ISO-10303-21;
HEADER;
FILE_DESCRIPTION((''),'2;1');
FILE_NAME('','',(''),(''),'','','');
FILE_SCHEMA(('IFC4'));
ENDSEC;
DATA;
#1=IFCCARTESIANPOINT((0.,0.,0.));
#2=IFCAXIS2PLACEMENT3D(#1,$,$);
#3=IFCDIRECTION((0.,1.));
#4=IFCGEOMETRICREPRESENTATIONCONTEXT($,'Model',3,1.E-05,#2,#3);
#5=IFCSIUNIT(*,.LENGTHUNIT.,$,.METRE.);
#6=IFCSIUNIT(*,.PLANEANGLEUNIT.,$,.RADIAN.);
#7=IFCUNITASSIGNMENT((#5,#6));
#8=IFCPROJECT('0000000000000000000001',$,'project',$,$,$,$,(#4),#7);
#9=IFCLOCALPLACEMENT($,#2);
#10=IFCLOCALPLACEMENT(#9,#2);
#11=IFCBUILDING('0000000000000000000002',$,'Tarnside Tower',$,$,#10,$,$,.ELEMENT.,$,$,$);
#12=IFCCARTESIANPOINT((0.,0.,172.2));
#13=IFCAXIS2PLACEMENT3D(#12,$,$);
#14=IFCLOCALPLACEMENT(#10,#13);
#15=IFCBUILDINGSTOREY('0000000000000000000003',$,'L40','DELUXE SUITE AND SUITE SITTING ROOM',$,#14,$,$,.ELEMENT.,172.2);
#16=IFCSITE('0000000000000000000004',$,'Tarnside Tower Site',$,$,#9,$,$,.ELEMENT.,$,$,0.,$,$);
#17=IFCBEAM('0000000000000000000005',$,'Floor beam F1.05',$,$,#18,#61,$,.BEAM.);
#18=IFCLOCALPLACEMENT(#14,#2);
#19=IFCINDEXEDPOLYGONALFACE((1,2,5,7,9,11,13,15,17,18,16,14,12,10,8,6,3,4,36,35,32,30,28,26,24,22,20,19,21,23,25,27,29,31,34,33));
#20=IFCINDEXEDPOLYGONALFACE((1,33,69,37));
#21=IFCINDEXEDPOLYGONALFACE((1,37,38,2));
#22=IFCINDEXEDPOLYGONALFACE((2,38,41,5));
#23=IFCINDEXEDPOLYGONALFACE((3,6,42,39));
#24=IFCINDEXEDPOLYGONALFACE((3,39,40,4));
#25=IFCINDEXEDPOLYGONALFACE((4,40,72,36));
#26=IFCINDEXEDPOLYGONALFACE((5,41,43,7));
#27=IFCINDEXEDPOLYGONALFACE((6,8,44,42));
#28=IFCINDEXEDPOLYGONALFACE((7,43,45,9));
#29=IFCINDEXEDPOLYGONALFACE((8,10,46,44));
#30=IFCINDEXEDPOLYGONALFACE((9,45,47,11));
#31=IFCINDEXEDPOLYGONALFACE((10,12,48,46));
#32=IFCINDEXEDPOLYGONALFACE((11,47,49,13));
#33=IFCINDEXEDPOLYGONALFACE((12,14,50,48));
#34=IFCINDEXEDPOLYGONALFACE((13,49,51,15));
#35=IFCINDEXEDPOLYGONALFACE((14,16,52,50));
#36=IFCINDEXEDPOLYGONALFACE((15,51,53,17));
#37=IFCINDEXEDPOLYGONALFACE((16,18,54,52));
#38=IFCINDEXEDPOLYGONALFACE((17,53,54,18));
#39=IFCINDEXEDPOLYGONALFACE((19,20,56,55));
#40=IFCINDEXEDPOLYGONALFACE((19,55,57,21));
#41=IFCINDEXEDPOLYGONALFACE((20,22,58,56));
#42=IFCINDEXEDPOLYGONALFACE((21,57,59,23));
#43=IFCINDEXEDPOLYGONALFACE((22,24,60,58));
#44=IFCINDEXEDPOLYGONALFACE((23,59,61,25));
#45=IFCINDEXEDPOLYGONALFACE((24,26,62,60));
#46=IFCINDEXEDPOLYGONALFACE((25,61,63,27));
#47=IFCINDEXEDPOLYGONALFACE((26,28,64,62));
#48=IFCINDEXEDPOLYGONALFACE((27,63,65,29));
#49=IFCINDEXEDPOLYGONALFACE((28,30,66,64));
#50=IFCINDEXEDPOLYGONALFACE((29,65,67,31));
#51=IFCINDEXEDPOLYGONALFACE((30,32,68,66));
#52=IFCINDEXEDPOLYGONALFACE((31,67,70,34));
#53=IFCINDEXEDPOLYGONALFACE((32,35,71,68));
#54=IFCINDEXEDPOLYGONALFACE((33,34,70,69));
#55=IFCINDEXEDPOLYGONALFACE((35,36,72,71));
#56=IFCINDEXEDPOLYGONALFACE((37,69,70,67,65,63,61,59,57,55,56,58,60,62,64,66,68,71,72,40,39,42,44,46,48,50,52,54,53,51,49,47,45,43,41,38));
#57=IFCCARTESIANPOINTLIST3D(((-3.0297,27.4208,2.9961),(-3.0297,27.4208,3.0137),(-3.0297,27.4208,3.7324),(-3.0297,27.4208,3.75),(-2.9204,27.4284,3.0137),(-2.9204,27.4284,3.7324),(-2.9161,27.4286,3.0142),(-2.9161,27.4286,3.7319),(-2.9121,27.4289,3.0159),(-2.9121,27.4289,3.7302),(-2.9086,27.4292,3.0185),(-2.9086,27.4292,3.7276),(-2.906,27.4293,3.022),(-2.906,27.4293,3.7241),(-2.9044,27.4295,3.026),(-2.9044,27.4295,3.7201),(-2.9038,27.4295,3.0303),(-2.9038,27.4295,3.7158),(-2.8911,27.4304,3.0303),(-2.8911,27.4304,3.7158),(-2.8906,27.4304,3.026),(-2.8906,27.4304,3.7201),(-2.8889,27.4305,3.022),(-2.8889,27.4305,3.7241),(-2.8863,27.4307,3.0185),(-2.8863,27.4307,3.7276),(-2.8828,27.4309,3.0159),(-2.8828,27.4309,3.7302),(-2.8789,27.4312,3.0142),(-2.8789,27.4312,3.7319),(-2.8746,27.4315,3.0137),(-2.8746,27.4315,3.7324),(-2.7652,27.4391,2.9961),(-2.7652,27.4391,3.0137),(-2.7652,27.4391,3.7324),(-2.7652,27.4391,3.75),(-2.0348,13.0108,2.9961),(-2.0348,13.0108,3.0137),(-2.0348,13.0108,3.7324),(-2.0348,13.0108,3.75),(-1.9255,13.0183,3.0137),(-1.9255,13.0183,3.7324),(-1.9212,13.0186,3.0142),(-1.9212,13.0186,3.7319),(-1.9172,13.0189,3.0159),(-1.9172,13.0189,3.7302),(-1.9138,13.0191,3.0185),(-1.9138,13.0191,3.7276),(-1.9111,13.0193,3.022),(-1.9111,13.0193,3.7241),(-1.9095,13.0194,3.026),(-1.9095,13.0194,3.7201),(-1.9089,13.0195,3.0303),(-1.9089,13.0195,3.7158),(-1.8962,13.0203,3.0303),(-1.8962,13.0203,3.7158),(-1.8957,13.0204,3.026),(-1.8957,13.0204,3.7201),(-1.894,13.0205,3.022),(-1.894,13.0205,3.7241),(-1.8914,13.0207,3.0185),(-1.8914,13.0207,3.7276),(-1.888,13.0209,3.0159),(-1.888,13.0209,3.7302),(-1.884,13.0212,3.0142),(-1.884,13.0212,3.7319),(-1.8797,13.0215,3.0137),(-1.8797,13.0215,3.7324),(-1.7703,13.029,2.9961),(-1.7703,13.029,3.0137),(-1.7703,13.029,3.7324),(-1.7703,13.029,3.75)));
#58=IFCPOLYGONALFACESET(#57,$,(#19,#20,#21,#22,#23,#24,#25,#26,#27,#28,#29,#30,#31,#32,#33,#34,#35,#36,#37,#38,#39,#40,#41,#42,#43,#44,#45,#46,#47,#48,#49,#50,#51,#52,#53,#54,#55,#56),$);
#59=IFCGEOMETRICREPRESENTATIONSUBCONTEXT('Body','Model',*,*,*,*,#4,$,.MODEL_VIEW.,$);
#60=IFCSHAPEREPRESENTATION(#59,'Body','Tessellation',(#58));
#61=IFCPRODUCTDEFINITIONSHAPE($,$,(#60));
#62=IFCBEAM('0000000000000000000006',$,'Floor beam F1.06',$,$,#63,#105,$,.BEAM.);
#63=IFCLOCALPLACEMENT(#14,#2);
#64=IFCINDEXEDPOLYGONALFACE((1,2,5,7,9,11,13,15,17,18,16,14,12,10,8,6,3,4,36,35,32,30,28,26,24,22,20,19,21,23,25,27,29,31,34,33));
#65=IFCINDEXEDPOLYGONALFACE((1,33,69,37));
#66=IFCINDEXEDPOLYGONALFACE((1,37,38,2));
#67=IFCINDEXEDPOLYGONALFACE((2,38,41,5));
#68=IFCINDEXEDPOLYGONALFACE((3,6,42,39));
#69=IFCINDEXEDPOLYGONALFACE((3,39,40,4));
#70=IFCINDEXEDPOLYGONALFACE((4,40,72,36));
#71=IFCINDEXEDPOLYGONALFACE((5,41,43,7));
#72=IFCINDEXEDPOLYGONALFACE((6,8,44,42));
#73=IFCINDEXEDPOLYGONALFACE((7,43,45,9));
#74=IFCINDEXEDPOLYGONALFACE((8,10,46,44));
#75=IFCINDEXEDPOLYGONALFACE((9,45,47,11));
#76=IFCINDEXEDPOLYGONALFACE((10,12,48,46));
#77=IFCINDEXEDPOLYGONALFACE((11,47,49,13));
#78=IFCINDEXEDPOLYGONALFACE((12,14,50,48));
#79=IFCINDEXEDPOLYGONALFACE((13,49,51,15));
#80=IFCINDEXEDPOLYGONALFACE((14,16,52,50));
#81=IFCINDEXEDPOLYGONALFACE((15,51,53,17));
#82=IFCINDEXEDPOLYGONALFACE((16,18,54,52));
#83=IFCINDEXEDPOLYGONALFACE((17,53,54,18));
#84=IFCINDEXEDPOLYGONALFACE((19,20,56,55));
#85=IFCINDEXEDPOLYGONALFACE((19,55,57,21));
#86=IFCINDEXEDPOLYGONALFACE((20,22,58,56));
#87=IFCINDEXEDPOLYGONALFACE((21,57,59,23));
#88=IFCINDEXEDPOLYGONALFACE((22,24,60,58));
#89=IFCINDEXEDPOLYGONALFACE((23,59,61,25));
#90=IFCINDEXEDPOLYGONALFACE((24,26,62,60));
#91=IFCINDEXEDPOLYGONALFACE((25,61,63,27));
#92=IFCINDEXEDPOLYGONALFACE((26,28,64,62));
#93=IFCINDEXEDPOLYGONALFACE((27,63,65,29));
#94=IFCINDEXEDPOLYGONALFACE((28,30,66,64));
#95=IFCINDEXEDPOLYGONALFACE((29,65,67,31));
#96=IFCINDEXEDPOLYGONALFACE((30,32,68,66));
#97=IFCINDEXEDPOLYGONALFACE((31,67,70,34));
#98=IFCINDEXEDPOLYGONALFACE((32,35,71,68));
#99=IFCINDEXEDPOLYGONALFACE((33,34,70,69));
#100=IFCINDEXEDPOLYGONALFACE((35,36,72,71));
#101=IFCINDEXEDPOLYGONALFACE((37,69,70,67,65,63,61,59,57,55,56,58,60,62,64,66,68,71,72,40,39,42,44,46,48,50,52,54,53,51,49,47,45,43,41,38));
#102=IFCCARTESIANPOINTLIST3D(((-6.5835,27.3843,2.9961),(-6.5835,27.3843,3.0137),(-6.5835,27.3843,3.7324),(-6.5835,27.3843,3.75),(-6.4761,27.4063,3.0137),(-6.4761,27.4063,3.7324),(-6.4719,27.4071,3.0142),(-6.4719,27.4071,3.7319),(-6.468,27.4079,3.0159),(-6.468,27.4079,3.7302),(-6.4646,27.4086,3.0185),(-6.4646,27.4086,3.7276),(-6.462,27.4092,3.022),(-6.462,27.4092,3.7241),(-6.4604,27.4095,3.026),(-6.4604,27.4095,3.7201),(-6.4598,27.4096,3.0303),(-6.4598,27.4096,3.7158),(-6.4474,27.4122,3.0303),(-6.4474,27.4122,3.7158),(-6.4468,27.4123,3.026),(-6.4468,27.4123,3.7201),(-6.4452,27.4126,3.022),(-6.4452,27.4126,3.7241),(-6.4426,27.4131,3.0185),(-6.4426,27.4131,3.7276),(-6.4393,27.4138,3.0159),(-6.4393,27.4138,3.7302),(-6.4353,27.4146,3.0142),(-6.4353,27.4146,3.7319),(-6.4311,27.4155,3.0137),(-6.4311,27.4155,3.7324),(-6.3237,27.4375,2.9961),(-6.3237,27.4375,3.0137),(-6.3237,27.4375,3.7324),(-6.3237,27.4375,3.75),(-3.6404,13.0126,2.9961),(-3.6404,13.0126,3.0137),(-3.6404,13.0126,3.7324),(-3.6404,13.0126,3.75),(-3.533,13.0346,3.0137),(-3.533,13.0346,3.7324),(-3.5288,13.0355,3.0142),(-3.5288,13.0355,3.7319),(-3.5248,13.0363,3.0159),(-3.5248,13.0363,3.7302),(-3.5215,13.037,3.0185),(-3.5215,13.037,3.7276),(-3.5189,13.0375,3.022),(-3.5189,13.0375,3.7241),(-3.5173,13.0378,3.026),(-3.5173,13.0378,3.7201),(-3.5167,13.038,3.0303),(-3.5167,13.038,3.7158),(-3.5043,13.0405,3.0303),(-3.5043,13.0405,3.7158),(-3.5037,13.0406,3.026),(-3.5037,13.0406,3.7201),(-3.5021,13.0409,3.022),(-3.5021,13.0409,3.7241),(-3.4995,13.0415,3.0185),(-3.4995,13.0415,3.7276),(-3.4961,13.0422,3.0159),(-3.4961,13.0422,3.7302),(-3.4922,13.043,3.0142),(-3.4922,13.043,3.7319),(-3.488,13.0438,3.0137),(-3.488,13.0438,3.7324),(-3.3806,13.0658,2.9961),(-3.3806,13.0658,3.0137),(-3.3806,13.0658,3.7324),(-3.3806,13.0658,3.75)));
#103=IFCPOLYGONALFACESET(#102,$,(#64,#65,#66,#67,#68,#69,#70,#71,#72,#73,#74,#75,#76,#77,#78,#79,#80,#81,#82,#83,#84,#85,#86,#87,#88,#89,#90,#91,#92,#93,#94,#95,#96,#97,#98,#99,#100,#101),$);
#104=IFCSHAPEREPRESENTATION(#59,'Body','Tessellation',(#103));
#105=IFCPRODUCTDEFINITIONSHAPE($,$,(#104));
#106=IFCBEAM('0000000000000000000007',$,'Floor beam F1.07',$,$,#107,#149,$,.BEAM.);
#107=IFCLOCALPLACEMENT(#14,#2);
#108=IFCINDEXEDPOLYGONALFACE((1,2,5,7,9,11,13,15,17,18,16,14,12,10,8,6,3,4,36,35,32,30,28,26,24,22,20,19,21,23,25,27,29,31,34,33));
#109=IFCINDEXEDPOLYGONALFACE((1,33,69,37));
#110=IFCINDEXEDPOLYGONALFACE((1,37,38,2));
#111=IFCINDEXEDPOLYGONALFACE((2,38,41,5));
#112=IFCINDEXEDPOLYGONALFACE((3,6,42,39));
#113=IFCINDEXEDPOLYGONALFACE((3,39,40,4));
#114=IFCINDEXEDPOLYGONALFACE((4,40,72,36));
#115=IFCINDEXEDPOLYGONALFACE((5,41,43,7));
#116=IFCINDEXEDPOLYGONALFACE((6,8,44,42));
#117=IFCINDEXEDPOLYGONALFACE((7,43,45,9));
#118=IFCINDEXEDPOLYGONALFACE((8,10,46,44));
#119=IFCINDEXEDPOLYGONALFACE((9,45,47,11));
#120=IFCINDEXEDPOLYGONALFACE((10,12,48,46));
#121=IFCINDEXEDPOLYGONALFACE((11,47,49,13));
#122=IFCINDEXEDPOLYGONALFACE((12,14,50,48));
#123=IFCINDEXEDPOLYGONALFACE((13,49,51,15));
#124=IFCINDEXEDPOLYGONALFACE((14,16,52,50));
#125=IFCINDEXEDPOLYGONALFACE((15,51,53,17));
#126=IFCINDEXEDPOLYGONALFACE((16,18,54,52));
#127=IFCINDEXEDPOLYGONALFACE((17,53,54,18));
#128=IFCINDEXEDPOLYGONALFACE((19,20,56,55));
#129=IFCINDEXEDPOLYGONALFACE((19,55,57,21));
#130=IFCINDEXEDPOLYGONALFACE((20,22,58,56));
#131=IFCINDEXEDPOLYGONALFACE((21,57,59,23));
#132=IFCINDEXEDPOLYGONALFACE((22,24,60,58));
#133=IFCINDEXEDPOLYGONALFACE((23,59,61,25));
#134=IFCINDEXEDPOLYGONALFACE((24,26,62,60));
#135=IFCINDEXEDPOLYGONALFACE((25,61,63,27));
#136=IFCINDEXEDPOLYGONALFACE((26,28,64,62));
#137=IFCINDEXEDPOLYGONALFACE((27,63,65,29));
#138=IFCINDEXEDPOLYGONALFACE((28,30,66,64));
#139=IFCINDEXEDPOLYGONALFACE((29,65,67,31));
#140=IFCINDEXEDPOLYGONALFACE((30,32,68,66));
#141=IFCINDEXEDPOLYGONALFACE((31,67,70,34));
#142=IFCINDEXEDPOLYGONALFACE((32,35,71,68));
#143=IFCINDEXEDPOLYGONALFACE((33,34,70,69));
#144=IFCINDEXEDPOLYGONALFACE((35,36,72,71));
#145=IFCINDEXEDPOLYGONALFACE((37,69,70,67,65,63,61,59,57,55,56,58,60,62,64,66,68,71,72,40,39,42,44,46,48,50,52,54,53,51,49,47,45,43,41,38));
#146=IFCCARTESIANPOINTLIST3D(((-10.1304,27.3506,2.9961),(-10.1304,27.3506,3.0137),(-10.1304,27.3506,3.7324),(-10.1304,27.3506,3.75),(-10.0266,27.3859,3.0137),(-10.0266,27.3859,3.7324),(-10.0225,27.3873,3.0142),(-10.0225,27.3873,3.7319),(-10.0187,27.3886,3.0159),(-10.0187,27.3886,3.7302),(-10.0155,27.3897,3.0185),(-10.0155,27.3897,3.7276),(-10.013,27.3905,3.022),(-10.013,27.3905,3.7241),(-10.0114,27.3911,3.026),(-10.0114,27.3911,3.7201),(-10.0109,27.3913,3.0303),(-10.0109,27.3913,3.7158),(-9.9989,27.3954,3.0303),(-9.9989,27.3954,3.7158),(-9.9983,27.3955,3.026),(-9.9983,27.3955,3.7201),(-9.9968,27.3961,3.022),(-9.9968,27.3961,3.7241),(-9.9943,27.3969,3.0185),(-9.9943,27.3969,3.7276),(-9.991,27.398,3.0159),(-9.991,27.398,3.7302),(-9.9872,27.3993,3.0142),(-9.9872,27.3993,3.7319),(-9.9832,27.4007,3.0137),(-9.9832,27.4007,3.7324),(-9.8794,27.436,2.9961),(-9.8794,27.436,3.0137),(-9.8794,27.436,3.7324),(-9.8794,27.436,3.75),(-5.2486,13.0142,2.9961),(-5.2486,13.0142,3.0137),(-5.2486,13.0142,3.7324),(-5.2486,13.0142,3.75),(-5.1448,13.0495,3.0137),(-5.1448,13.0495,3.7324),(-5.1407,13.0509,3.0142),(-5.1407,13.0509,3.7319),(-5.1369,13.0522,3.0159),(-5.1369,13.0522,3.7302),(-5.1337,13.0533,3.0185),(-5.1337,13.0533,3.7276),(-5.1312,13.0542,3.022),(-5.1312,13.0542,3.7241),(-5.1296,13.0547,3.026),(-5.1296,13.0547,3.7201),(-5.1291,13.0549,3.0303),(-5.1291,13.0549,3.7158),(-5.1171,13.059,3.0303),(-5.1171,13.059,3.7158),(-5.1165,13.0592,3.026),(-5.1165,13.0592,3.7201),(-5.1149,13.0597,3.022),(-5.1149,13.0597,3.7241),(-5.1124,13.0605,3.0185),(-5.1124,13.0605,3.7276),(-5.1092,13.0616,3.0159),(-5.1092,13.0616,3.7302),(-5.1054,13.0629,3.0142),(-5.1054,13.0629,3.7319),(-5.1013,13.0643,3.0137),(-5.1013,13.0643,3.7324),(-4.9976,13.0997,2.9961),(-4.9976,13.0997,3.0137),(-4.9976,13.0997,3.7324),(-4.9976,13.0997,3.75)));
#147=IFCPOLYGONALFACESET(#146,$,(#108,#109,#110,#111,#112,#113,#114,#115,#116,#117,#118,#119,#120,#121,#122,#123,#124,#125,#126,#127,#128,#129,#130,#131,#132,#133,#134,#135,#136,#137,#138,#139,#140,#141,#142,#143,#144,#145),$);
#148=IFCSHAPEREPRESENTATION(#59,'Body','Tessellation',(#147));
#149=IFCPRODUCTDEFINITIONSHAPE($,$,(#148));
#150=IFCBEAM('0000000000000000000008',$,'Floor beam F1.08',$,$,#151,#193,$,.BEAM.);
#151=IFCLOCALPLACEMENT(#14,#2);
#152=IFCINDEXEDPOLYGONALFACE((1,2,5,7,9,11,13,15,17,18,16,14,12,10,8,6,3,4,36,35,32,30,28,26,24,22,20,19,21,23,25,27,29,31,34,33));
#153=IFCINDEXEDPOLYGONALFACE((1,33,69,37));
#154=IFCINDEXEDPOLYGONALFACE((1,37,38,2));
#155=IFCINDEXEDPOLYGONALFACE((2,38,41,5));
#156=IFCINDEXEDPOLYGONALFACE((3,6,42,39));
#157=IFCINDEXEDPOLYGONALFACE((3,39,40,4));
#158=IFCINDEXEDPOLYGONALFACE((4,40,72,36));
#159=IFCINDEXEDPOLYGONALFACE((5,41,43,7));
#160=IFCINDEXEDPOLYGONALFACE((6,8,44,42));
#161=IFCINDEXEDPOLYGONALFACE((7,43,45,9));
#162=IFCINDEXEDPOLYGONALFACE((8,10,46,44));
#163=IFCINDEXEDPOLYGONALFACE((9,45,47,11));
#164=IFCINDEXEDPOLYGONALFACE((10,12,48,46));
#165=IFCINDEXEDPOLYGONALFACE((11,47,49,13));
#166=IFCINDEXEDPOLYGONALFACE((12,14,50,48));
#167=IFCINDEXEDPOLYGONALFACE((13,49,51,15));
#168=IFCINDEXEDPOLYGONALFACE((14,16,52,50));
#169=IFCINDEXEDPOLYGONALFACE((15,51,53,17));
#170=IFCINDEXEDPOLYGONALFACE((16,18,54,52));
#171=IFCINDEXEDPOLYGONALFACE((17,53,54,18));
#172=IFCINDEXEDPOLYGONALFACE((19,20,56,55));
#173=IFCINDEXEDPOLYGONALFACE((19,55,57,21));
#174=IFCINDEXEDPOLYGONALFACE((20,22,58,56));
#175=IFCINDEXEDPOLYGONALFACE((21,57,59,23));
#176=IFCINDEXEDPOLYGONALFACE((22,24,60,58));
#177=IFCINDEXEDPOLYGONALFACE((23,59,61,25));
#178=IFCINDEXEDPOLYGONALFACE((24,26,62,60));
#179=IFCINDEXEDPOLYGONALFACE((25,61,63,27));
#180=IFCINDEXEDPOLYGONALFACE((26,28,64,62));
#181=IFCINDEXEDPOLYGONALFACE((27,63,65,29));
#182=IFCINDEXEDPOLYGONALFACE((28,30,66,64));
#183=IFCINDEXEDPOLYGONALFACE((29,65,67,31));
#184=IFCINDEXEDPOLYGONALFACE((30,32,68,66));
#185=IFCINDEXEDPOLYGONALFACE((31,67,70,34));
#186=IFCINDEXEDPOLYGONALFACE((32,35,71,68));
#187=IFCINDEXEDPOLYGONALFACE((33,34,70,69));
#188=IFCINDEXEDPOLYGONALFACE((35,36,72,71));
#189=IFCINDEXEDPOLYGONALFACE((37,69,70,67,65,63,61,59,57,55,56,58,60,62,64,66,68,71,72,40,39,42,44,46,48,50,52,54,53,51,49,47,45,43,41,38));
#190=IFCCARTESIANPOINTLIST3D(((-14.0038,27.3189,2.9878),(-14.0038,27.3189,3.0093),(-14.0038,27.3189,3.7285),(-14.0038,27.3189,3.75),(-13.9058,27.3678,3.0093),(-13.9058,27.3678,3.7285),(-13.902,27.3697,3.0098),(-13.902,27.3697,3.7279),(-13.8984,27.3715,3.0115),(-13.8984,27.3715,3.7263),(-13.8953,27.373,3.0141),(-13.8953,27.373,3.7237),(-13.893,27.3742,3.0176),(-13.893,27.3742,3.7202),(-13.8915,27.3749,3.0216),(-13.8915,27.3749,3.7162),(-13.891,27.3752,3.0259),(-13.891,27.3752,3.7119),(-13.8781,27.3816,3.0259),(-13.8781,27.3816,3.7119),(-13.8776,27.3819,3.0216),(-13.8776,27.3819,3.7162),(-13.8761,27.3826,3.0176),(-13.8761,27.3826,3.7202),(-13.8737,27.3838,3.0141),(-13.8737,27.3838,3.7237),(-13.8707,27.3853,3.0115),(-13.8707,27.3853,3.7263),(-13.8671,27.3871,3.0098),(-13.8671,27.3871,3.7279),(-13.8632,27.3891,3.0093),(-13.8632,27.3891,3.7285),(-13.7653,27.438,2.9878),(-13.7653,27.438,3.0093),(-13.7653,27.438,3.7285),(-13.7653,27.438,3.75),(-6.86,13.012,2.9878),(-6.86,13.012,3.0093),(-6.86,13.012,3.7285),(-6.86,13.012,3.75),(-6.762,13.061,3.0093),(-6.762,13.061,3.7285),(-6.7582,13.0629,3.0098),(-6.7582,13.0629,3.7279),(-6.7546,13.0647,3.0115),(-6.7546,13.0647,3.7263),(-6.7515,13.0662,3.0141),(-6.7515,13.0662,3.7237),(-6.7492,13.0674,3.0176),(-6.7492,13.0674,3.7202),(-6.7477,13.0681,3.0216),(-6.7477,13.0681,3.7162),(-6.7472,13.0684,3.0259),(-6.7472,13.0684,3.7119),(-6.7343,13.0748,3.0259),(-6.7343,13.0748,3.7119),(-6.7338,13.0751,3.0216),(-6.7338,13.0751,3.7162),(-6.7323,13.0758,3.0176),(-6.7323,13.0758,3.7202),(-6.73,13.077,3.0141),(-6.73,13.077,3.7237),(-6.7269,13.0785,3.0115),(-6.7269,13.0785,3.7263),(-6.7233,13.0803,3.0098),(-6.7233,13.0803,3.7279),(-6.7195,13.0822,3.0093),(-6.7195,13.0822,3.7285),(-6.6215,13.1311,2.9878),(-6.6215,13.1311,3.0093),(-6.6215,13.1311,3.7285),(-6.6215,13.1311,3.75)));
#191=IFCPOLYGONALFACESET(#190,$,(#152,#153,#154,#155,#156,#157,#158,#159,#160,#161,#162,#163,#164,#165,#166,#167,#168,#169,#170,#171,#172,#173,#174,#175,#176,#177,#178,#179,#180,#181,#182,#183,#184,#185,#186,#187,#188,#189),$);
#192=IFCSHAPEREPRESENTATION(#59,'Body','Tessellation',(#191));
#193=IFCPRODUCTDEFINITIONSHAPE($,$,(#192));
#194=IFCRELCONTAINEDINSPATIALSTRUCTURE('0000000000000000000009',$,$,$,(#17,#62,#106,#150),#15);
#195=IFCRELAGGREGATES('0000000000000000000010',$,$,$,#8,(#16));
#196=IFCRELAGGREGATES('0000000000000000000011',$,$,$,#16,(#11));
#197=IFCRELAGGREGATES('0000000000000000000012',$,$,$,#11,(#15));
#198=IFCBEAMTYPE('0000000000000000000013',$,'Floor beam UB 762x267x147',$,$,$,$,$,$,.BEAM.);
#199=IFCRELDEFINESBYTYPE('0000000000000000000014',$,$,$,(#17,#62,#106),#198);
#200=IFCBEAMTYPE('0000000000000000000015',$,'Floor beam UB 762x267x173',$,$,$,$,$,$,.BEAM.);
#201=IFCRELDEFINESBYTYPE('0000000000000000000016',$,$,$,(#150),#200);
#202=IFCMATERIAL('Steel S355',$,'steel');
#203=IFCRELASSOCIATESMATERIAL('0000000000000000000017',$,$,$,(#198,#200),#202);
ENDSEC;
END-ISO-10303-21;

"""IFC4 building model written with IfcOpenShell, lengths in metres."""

from ifc_helpers import new_model, si_unit, direction, frame, origin, origin_2d, place, context, subcontext, project, spatial, i_section, extrude, material, material_profile, profile_set, type_object, element, save


model = new_model("IFC4")

# Units and contexts
model_context = context("Model", 3, precision=1e-05, world=origin(), true_north=direction((0.0, 1.0)))
body_context = subcontext(model_context, "Body", "Model", "MODEL_VIEW")
ifc_project = project(units=[si_unit("LENGTHUNIT", "METRE"), si_unit("PLANEANGLEUNIT", "RADIAN")], contexts=[model_context])

# Site, building, storey
site_placement = place(None, origin())
site = spatial("IfcSite", under=ifc_project, at=site_placement, Name="Tarnside Tower Site", CompositionType="ELEMENT", RefElevation=0.0)
building_placement = place(site_placement, origin())
building = spatial("IfcBuilding", under=site, at=building_placement, Name="Tarnside Tower", CompositionType="ELEMENT")
storey_placement = place(building_placement, frame((0.0, 0.0, 172.2)))
storey = spatial("IfcBuildingStorey", under=building, at=storey_placement, Name="L40", Description="DELUXE SUITE AND SUITE SITTING ROOM", CompositionType="ELEMENT", Elevation=172.2)

# Beams
ifc_material_1 = material(Name="Steel S355", Category="steel")
ifc_material_profile_1 = material_profile(ifc_material_1, i_section(OverallWidth=0.2651, OverallDepth=0.7539, WebThickness=0.0127, FlangeThickness=0.0176, FilletRadius=0.0166, at=origin_2d()), Name="UB 762x267x147")
ifc_profile_set_1 = profile_set([ifc_material_profile_1], Name="Steel S355")
beam_type_1 = type_object("IfcBeamType", Name="Floor beam UB 762x267x147", PredefinedType="BEAM", material=ifc_profile_set_1)
beam_1_placement = place(storey_placement, frame((-2.8975, 27.4299, 3.373), z_axis=(0.068877, -0.997625, 0.0), x_axis=(0.997625, 0.068877, 0.0)))
element("IfcBeam", 1, at=beam_1_placement, inside=storey, type_object=beam_type_1, Name="Floor beam F1.05", PredefinedType="BEAM", context=body_context, shape_type="SweptSolid", body=[
    extrude(i_section(OverallWidth=0.2651, OverallDepth=0.7539, WebThickness=0.0127, FlangeThickness=0.0176, FilletRadius=0.0166, at=origin_2d()), origin(), (0.0, 0.0, 1.0), 14.4443),
])
beam_2_placement = place(storey_placement, frame((-6.4536, 27.4109, 3.373), z_axis=(0.200623, -0.979668, 0.0), x_axis=(0.979668, 0.200623, 0.0)))
element("IfcBeam", 2, at=beam_2_placement, inside=storey, type_object=beam_type_1, Name="Floor beam F1.06", PredefinedType="BEAM", context=body_context, shape_type="SweptSolid", body=[
    extrude(i_section(OverallWidth=0.2651, OverallDepth=0.7539, WebThickness=0.0127, FlangeThickness=0.0176, FilletRadius=0.0166, at=origin_2d()), origin(), (0.0, 0.0, 1.0), 14.6699),
])
beam_3_placement = place(storey_placement, frame((-10.0049, 27.3933, 3.373), z_axis=(0.322344, -0.946623, 0.0), x_axis=(0.946623, 0.322344, 0.0)))
element("IfcBeam", 3, at=beam_3_placement, inside=storey, type_object=beam_type_1, Name="Floor beam F1.07", PredefinedType="BEAM", context=body_context, shape_type="SweptSolid", body=[
    extrude(i_section(OverallWidth=0.2651, OverallDepth=0.7539, WebThickness=0.0127, FlangeThickness=0.0176, FilletRadius=0.0166, at=origin_2d()), origin(), (0.0, 0.0, 1.0), 15.1448),
])
ifc_material_profile_2 = material_profile(ifc_material_1, i_section(OverallWidth=0.2666, OverallDepth=0.7622, WebThickness=0.0144, FlangeThickness=0.0215, FilletRadius=0.0166, at=origin_2d()), Name="UB 762x267x173")
ifc_profile_set_2 = profile_set([ifc_material_profile_2], Name="Steel S355")
beam_type_2 = type_object("IfcBeamType", Name="Floor beam UB 762x267x173", PredefinedType="BEAM", material=ifc_profile_set_2)
beam_4_placement = place(storey_placement, frame((-13.8845, 27.3784, 3.3689), z_axis=(0.446731, -0.894668, 0.0), x_axis=(0.894668, 0.446731, 0.0)))
element("IfcBeam", 4, at=beam_4_placement, inside=storey, type_object=beam_type_2, Name="Floor beam F1.08", PredefinedType="BEAM", context=body_context, shape_type="SweptSolid", body=[
    extrude(i_section(OverallWidth=0.2666, OverallDepth=0.7622, WebThickness=0.0144, FlangeThickness=0.0215, FilletRadius=0.0166, at=origin_2d()), origin(), (0.0, 0.0, 1.0), 15.9912),
])

save(model, "model.ifc")
